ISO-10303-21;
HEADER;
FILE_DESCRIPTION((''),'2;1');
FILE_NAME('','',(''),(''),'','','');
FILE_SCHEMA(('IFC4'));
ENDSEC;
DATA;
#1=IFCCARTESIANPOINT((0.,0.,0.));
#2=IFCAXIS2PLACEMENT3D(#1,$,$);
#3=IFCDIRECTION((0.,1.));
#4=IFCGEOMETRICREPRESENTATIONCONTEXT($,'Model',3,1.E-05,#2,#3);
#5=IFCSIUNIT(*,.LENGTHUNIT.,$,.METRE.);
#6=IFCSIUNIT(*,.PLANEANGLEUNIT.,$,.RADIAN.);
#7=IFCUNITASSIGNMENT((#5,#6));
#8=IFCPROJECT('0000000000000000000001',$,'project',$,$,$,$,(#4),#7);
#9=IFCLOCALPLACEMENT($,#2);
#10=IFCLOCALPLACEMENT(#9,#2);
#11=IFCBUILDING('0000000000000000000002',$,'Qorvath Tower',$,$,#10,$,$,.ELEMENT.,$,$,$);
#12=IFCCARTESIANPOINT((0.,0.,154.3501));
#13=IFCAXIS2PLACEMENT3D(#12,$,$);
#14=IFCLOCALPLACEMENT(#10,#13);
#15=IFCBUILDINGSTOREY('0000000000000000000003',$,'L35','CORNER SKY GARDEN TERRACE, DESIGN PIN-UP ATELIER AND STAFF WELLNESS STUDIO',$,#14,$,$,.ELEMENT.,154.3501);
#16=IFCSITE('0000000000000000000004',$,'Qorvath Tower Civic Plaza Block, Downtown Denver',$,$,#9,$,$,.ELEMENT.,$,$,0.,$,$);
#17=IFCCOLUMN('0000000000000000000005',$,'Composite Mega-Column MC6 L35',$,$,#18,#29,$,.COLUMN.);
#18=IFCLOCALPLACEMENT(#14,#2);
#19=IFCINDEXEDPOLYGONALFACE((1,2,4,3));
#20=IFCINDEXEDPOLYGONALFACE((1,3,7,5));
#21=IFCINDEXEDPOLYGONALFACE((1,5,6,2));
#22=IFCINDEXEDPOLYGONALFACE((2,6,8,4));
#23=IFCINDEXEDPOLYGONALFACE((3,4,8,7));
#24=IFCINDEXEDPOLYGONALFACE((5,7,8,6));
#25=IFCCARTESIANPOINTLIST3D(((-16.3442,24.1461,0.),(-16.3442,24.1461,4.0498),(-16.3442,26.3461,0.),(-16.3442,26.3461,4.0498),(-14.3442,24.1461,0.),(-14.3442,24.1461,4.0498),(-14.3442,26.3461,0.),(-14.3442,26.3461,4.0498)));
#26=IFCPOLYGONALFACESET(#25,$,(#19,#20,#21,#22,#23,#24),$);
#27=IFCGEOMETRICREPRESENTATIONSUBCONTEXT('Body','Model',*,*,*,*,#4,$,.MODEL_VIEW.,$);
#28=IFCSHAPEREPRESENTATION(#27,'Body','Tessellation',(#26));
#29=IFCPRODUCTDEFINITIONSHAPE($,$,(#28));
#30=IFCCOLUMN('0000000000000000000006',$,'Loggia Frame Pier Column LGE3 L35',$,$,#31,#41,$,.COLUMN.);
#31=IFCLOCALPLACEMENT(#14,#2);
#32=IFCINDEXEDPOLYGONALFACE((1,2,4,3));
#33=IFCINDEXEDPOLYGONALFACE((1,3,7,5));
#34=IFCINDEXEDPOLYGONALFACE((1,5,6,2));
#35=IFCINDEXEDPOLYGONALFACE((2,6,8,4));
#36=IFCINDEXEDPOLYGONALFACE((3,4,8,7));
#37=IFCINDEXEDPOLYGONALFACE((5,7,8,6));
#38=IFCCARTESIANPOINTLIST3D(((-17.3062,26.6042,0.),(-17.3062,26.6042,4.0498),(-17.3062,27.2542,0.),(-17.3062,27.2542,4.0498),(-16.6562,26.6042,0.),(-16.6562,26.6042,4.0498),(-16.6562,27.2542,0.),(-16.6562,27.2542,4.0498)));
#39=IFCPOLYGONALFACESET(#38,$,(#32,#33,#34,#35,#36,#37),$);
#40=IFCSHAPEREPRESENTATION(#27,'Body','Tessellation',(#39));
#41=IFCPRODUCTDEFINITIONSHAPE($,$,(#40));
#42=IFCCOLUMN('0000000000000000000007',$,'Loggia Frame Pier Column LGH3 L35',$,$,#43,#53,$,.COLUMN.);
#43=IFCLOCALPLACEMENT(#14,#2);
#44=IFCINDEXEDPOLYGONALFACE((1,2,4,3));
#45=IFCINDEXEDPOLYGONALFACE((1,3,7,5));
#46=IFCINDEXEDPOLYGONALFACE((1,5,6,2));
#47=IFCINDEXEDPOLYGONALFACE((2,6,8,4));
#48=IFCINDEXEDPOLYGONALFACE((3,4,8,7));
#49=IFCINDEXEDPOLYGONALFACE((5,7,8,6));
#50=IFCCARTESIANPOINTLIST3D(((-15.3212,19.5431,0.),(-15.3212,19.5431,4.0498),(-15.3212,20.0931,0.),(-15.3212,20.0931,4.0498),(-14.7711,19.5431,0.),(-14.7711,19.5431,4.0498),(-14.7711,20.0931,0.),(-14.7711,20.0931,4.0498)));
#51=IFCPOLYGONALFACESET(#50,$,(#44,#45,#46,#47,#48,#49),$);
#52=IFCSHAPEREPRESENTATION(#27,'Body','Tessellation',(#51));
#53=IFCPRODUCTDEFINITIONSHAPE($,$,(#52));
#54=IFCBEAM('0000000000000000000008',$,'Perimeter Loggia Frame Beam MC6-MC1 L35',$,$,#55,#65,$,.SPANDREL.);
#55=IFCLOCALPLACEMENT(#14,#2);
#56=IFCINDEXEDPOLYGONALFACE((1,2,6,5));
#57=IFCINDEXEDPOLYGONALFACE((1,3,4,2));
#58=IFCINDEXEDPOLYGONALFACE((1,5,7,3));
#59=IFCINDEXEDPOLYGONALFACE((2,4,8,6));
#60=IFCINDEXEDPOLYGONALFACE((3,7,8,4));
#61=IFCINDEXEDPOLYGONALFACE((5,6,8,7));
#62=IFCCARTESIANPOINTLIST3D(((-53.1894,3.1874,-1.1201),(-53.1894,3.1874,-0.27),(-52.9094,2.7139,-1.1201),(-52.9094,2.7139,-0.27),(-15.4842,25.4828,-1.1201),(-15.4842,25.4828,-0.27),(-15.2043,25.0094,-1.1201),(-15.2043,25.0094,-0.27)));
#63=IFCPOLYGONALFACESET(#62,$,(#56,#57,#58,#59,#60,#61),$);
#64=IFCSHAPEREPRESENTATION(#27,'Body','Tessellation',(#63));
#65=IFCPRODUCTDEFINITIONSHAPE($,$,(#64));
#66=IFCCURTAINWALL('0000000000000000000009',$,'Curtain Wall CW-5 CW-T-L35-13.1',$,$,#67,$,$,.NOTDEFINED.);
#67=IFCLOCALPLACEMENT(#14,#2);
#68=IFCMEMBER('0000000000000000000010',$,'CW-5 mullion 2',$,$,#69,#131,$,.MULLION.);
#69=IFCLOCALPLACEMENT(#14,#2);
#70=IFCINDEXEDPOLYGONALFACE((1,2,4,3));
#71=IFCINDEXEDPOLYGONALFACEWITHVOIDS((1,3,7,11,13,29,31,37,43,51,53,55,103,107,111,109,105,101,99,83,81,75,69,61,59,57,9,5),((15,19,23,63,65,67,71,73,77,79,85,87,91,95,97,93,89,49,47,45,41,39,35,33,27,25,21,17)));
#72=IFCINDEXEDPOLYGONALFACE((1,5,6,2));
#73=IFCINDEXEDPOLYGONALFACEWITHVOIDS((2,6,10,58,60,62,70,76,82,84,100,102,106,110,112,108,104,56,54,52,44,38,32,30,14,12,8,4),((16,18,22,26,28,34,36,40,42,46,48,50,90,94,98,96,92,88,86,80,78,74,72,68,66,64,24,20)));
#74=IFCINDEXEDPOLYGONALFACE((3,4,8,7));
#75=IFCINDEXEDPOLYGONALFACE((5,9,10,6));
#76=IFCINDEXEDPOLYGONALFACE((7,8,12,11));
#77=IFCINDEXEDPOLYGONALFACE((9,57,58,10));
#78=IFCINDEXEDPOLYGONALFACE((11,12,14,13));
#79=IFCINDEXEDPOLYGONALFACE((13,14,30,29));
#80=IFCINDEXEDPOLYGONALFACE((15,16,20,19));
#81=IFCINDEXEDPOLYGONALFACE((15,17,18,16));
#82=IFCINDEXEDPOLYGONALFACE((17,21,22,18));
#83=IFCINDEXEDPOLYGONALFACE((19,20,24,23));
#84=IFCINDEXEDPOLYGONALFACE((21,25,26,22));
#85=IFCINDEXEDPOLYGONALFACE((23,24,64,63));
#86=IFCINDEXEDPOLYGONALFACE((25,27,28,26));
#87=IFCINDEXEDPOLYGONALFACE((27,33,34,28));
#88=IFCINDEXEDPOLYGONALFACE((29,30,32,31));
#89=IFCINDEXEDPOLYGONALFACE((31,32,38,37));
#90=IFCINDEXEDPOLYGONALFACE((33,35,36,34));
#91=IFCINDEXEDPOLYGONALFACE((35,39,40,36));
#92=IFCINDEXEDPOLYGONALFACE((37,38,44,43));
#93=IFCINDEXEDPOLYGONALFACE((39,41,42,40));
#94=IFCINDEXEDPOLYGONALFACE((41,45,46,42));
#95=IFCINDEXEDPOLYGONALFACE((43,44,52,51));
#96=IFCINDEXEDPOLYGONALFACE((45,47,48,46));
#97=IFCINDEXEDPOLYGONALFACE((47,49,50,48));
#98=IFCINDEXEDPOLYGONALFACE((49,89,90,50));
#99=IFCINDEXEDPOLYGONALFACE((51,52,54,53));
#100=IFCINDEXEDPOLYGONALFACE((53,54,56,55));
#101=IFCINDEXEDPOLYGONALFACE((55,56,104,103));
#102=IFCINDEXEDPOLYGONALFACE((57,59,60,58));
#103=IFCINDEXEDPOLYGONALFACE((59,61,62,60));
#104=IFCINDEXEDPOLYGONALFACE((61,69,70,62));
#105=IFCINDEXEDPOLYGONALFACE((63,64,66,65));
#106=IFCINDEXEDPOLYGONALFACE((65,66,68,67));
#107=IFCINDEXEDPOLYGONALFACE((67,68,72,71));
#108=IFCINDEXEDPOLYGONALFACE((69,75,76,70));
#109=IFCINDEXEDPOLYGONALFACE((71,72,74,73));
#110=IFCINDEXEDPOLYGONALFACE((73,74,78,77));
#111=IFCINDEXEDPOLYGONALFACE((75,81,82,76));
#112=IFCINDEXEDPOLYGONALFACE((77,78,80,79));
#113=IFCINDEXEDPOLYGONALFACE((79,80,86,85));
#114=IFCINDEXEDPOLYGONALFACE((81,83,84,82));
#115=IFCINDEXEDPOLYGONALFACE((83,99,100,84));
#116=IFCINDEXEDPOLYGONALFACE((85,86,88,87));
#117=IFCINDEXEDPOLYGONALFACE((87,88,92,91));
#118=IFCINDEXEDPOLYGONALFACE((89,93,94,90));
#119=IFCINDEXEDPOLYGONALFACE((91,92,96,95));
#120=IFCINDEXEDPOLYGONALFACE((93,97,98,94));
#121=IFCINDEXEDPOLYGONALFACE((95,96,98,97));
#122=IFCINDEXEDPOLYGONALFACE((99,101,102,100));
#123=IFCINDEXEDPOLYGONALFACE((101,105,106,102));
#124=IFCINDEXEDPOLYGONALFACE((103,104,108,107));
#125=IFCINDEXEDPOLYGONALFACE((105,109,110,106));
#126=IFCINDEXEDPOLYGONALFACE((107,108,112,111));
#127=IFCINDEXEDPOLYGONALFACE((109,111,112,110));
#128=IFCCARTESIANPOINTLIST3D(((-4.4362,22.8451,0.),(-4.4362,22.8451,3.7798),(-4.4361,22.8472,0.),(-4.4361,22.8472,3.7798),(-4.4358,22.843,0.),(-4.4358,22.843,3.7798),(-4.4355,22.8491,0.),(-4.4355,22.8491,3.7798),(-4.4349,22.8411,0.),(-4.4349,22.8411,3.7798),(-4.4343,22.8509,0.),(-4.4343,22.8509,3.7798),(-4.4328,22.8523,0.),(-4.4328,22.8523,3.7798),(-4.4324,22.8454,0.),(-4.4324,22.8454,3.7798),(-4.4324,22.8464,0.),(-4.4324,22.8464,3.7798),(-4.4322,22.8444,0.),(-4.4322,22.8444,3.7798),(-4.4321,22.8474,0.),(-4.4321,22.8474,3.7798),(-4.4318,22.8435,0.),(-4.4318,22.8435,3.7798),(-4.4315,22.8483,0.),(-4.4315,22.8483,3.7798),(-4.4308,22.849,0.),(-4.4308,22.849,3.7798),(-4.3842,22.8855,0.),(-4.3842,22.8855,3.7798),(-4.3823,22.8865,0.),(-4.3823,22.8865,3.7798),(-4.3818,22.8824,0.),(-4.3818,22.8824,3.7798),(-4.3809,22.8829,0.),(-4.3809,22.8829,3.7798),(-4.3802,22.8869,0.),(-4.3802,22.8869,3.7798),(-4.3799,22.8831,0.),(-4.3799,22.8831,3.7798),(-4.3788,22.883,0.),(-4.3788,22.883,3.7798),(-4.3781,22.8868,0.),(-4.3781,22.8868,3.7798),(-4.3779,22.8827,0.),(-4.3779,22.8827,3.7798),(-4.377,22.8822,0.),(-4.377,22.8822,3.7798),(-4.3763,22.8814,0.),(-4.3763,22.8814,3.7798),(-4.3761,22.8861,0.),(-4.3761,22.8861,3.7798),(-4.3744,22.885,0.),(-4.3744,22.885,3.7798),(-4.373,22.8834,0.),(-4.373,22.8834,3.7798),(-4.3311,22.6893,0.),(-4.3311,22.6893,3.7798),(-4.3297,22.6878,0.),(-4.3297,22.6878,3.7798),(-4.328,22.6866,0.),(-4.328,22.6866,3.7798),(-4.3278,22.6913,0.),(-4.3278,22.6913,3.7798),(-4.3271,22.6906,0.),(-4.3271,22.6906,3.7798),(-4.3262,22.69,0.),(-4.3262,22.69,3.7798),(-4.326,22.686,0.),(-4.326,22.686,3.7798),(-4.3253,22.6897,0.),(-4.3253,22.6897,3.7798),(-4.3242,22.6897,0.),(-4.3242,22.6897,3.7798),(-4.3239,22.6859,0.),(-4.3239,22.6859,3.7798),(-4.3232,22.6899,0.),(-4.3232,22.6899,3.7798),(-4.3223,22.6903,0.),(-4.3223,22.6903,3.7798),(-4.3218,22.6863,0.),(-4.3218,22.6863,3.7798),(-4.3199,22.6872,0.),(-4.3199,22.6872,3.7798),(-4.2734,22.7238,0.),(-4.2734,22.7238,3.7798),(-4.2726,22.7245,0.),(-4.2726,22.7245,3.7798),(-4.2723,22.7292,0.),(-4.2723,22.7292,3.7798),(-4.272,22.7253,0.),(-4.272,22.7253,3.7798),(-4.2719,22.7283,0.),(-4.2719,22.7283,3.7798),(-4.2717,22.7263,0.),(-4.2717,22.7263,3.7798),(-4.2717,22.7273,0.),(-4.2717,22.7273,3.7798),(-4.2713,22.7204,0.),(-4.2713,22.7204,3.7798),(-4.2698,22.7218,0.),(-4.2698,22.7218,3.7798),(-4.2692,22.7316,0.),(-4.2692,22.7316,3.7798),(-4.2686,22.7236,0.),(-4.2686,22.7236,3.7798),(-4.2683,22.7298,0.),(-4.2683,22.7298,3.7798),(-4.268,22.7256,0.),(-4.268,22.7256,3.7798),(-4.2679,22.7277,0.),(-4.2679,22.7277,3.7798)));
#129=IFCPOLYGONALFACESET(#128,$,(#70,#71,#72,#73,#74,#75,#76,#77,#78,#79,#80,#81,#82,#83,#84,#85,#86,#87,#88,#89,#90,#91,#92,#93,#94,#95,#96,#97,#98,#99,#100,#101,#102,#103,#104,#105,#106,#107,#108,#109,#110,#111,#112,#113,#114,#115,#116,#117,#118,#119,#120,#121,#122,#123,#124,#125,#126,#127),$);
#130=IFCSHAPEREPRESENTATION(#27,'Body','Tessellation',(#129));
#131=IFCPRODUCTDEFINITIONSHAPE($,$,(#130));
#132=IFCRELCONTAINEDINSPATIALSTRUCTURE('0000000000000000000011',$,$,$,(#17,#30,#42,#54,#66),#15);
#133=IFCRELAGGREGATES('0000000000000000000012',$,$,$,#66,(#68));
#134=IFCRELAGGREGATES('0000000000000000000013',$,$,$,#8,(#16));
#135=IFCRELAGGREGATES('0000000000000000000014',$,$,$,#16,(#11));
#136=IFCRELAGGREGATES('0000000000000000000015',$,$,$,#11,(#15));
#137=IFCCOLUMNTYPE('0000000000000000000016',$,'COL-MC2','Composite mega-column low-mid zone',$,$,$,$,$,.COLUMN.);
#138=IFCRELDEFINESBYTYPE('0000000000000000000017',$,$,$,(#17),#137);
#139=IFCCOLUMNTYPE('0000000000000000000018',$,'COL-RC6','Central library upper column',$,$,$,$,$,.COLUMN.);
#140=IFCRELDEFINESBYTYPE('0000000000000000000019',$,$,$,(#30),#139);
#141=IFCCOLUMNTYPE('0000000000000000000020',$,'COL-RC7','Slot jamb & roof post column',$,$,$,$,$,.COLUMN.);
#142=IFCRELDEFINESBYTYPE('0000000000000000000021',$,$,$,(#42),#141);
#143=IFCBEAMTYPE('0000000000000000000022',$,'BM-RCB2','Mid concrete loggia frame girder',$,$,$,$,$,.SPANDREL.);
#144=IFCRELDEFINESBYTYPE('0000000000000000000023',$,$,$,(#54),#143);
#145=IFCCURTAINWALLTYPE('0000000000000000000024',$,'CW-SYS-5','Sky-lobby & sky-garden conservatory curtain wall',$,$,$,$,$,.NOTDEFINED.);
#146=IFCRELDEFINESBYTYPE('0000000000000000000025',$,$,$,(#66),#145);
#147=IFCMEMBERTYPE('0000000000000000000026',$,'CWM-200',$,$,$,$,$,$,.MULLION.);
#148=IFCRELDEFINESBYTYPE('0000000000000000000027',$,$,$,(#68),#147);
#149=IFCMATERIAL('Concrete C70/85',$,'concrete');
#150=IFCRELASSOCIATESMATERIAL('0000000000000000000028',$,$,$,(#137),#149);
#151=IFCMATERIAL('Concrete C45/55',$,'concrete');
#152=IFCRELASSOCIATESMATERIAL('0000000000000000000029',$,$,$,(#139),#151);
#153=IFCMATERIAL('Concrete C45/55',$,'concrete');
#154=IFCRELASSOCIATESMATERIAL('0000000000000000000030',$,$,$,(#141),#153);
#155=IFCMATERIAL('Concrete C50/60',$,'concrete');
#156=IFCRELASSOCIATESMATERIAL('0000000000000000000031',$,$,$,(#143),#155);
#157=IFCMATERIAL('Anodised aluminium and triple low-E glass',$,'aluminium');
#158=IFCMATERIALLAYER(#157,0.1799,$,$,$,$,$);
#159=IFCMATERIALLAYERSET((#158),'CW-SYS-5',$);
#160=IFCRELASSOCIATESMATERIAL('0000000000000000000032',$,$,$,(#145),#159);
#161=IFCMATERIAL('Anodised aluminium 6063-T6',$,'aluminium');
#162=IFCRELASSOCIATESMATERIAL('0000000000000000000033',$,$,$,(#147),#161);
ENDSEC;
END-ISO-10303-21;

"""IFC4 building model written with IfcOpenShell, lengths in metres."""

from ifc_helpers import new_model, si_unit, direction, frame, origin, origin_2d, place, context, subcontext, project, spatial, rectangle, hollow_rectangle, extrude, material, layer, layer_set, material_profile, profile_set, type_object, element, aggregate, save


model = new_model("IFC4")

# Units and contexts
model_context = context("Model", 3, precision=1e-05, world=origin(), true_north=direction((0.0, 1.0)))
body_context = subcontext(model_context, "Body", "Model", "MODEL_VIEW")
ifc_project = project(units=[si_unit("LENGTHUNIT", "METRE"), si_unit("PLANEANGLEUNIT", "RADIAN")], contexts=[model_context])

# Site, building, storey
site_placement = place(None, origin())
site = spatial("IfcSite", under=ifc_project, at=site_placement, Name="Qorvath Tower Civic Plaza Block, Downtown Denver", CompositionType="ELEMENT", RefElevation=0.0)
building_placement = place(site_placement, origin())
building = spatial("IfcBuilding", under=site, at=building_placement, Name="Qorvath Tower", CompositionType="ELEMENT")
storey_placement = place(building_placement, frame((0.0, 0.0, 154.3501)))
storey = spatial("IfcBuildingStorey", under=building, at=storey_placement, Name="L35", Description="CORNER SKY GARDEN TERRACE, DESIGN PIN-UP ATELIER AND STAFF WELLNESS STUDIO", CompositionType="ELEMENT", Elevation=154.3501)

# Columns
ifc_material_1 = material(Name="Concrete C70/85", Category="concrete")
ifc_material_profile_1 = material_profile(ifc_material_1, rectangle(XDim=2.0, YDim=2.2, at=origin_2d()), Name="MC 2200x2000")
ifc_profile_set_1 = profile_set([ifc_material_profile_1], Name="Concrete C70/85")
column_type_1 = type_object("IfcColumnType", Name="COL-MC2", Description="Composite mega-column low-mid zone", PredefinedType="COLUMN", material=ifc_profile_set_1)
column_1_placement = place(storey_placement, frame((-15.3442, 25.2461, 0.0), z_axis=(0.0, 0.0, 1.0), x_axis=(1.0, 0.0, 0.0)))
element("IfcColumn", 1, at=column_1_placement, inside=storey, type_object=column_type_1, Name="Composite Mega-Column MC6 L35", PredefinedType="COLUMN", context=body_context, shape_type="SweptSolid", body=[
    extrude(rectangle(XDim=2.0, YDim=2.2, at=origin_2d()), origin(), (0.0, 0.0, 1.0), 4.0498),
])
ifc_material_2 = material(Name="Concrete C45/55", Category="concrete")
ifc_material_profile_2 = material_profile(ifc_material_2, rectangle(XDim=0.6499, YDim=0.6499, at=origin_2d()), Name="RC 650x650")
ifc_profile_set_2 = profile_set([ifc_material_profile_2], Name="Concrete C45/55")
column_type_2 = type_object("IfcColumnType", Name="COL-RC6", Description="Central library upper column", PredefinedType="COLUMN", material=ifc_profile_set_2)
column_2_placement = place(storey_placement, frame((-16.9812, 26.9292, 0.0), z_axis=(0.0, 0.0, 1.0), x_axis=(1.0, 0.0, 0.0)))
element("IfcColumn", 2, at=column_2_placement, inside=storey, type_object=column_type_2, Name="Loggia Frame Pier Column LGE3 L35", PredefinedType="COLUMN", context=body_context, shape_type="SweptSolid", body=[
    extrude(rectangle(XDim=0.6499, YDim=0.6499, at=origin_2d()), origin(), (0.0, 0.0, 1.0), 4.0498),
])
ifc_material_3 = material(Name="Concrete C45/55", Category="concrete")
ifc_material_profile_3 = material_profile(ifc_material_3, rectangle(XDim=0.55, YDim=0.55, at=origin_2d()), Name="RC 550x550")
ifc_profile_set_3 = profile_set([ifc_material_profile_3], Name="Concrete C45/55")
column_type_3 = type_object("IfcColumnType", Name="COL-RC7", Description="Slot jamb & roof post column", PredefinedType="COLUMN", material=ifc_profile_set_3)
column_3_placement = place(storey_placement, frame((-15.0461, 19.8181, 0.0), z_axis=(0.0, 0.0, 1.0), x_axis=(1.0, 0.0, 0.0)))
element("IfcColumn", 3, at=column_3_placement, inside=storey, type_object=column_type_3, Name="Loggia Frame Pier Column LGH3 L35", PredefinedType="COLUMN", context=body_context, shape_type="SweptSolid", body=[
    extrude(rectangle(XDim=0.55, YDim=0.55, at=origin_2d()), origin(), (0.0, 0.0, 1.0), 4.0498),
])

# Beam
ifc_material_4 = material(Name="Concrete C50/60", Category="concrete")
ifc_material_profile_4 = material_profile(ifc_material_4, rectangle(XDim=0.55, YDim=0.8501, at=origin_2d()), Name="RCB 850x550")
ifc_profile_set_4 = profile_set([ifc_material_profile_4], Name="Concrete C50/60")
beam_type = type_object("IfcBeamType", Name="BM-RCB2", Description="Mid concrete loggia frame girder", PredefinedType="SPANDREL", material=ifc_profile_set_4)
beam_placement = place(storey_placement, frame((-15.3442, 25.2461, -0.6951), z_axis=(-0.860775, -0.508985, 0.0), x_axis=(0.508985, -0.860775, 0.0)))
element("IfcBeam", 4, at=beam_placement, inside=storey, type_object=beam_type, Name="Perimeter Loggia Frame Beam MC6-MC1 L35", PredefinedType="SPANDREL", context=body_context, shape_type="SweptSolid", body=[
    extrude(rectangle(XDim=0.55, YDim=0.8501, at=origin_2d()), origin(), (0.0, 0.0, 1.0), 43.8037),
])

# Curtain wall, member
ifc_material_5 = material(Name="Anodised aluminium and triple low-E glass", Category="aluminium")
ifc_layer_1 = layer(ifc_material_5, 0.1799)
ifc_layer_set_1 = layer_set([ifc_layer_1], Name="CW-SYS-5")
curtain_wall_type = type_object("IfcCurtainWallType", Name="CW-SYS-5", Description="Sky-lobby & sky-garden conservatory curtain wall", PredefinedType="NOTDEFINED", material=ifc_layer_set_1)
curtain_wall_1_placement = place(storey_placement, origin())
curtain_wall_1 = element("IfcCurtainWall", 5, at=curtain_wall_1_placement, inside=storey, type_object=curtain_wall_type, Name="Curtain Wall CW-5 CW-T-L35-13.1", PredefinedType="NOTDEFINED")
ifc_material_6 = material(Name="Anodised aluminium 6063-T6", Category="aluminium")
ifc_material_profile_5 = material_profile(ifc_material_6, hollow_rectangle(XDim=0.075, YDim=0.2, WallThickness=0.0039, InnerFilletRadius=0.0039, OuterFilletRadius=0.0081, at=origin_2d()), Name="CWM 200x75")
ifc_profile_set_5 = profile_set([ifc_material_profile_5], Name="Anodised aluminium 6063-T6")
member_type_1 = type_object("IfcMemberType", Name="CWM-200", PredefinedType="MULLION", material=ifc_profile_set_5)
member_1_placement = place(storey_placement, frame((-4.3521, 22.7864, 0.0), z_axis=(0.0, 0.0, 1.0), x_axis=(-0.825581, -0.564284, 0.0)))
member_1 = element("IfcMember", 6, at=member_1_placement, type_object=member_type_1, Name="CW-5 mullion 2", PredefinedType="MULLION", context=body_context, shape_type="SweptSolid", body=[
    extrude(hollow_rectangle(XDim=0.075, YDim=0.2, WallThickness=0.0039, InnerFilletRadius=0.0039, OuterFilletRadius=0.0081, at=origin_2d()), origin(), (0.0, 0.0, 1.0), 3.7798),
])

aggregate(curtain_wall_1, [member_1])

save(model, "model.ifc")
